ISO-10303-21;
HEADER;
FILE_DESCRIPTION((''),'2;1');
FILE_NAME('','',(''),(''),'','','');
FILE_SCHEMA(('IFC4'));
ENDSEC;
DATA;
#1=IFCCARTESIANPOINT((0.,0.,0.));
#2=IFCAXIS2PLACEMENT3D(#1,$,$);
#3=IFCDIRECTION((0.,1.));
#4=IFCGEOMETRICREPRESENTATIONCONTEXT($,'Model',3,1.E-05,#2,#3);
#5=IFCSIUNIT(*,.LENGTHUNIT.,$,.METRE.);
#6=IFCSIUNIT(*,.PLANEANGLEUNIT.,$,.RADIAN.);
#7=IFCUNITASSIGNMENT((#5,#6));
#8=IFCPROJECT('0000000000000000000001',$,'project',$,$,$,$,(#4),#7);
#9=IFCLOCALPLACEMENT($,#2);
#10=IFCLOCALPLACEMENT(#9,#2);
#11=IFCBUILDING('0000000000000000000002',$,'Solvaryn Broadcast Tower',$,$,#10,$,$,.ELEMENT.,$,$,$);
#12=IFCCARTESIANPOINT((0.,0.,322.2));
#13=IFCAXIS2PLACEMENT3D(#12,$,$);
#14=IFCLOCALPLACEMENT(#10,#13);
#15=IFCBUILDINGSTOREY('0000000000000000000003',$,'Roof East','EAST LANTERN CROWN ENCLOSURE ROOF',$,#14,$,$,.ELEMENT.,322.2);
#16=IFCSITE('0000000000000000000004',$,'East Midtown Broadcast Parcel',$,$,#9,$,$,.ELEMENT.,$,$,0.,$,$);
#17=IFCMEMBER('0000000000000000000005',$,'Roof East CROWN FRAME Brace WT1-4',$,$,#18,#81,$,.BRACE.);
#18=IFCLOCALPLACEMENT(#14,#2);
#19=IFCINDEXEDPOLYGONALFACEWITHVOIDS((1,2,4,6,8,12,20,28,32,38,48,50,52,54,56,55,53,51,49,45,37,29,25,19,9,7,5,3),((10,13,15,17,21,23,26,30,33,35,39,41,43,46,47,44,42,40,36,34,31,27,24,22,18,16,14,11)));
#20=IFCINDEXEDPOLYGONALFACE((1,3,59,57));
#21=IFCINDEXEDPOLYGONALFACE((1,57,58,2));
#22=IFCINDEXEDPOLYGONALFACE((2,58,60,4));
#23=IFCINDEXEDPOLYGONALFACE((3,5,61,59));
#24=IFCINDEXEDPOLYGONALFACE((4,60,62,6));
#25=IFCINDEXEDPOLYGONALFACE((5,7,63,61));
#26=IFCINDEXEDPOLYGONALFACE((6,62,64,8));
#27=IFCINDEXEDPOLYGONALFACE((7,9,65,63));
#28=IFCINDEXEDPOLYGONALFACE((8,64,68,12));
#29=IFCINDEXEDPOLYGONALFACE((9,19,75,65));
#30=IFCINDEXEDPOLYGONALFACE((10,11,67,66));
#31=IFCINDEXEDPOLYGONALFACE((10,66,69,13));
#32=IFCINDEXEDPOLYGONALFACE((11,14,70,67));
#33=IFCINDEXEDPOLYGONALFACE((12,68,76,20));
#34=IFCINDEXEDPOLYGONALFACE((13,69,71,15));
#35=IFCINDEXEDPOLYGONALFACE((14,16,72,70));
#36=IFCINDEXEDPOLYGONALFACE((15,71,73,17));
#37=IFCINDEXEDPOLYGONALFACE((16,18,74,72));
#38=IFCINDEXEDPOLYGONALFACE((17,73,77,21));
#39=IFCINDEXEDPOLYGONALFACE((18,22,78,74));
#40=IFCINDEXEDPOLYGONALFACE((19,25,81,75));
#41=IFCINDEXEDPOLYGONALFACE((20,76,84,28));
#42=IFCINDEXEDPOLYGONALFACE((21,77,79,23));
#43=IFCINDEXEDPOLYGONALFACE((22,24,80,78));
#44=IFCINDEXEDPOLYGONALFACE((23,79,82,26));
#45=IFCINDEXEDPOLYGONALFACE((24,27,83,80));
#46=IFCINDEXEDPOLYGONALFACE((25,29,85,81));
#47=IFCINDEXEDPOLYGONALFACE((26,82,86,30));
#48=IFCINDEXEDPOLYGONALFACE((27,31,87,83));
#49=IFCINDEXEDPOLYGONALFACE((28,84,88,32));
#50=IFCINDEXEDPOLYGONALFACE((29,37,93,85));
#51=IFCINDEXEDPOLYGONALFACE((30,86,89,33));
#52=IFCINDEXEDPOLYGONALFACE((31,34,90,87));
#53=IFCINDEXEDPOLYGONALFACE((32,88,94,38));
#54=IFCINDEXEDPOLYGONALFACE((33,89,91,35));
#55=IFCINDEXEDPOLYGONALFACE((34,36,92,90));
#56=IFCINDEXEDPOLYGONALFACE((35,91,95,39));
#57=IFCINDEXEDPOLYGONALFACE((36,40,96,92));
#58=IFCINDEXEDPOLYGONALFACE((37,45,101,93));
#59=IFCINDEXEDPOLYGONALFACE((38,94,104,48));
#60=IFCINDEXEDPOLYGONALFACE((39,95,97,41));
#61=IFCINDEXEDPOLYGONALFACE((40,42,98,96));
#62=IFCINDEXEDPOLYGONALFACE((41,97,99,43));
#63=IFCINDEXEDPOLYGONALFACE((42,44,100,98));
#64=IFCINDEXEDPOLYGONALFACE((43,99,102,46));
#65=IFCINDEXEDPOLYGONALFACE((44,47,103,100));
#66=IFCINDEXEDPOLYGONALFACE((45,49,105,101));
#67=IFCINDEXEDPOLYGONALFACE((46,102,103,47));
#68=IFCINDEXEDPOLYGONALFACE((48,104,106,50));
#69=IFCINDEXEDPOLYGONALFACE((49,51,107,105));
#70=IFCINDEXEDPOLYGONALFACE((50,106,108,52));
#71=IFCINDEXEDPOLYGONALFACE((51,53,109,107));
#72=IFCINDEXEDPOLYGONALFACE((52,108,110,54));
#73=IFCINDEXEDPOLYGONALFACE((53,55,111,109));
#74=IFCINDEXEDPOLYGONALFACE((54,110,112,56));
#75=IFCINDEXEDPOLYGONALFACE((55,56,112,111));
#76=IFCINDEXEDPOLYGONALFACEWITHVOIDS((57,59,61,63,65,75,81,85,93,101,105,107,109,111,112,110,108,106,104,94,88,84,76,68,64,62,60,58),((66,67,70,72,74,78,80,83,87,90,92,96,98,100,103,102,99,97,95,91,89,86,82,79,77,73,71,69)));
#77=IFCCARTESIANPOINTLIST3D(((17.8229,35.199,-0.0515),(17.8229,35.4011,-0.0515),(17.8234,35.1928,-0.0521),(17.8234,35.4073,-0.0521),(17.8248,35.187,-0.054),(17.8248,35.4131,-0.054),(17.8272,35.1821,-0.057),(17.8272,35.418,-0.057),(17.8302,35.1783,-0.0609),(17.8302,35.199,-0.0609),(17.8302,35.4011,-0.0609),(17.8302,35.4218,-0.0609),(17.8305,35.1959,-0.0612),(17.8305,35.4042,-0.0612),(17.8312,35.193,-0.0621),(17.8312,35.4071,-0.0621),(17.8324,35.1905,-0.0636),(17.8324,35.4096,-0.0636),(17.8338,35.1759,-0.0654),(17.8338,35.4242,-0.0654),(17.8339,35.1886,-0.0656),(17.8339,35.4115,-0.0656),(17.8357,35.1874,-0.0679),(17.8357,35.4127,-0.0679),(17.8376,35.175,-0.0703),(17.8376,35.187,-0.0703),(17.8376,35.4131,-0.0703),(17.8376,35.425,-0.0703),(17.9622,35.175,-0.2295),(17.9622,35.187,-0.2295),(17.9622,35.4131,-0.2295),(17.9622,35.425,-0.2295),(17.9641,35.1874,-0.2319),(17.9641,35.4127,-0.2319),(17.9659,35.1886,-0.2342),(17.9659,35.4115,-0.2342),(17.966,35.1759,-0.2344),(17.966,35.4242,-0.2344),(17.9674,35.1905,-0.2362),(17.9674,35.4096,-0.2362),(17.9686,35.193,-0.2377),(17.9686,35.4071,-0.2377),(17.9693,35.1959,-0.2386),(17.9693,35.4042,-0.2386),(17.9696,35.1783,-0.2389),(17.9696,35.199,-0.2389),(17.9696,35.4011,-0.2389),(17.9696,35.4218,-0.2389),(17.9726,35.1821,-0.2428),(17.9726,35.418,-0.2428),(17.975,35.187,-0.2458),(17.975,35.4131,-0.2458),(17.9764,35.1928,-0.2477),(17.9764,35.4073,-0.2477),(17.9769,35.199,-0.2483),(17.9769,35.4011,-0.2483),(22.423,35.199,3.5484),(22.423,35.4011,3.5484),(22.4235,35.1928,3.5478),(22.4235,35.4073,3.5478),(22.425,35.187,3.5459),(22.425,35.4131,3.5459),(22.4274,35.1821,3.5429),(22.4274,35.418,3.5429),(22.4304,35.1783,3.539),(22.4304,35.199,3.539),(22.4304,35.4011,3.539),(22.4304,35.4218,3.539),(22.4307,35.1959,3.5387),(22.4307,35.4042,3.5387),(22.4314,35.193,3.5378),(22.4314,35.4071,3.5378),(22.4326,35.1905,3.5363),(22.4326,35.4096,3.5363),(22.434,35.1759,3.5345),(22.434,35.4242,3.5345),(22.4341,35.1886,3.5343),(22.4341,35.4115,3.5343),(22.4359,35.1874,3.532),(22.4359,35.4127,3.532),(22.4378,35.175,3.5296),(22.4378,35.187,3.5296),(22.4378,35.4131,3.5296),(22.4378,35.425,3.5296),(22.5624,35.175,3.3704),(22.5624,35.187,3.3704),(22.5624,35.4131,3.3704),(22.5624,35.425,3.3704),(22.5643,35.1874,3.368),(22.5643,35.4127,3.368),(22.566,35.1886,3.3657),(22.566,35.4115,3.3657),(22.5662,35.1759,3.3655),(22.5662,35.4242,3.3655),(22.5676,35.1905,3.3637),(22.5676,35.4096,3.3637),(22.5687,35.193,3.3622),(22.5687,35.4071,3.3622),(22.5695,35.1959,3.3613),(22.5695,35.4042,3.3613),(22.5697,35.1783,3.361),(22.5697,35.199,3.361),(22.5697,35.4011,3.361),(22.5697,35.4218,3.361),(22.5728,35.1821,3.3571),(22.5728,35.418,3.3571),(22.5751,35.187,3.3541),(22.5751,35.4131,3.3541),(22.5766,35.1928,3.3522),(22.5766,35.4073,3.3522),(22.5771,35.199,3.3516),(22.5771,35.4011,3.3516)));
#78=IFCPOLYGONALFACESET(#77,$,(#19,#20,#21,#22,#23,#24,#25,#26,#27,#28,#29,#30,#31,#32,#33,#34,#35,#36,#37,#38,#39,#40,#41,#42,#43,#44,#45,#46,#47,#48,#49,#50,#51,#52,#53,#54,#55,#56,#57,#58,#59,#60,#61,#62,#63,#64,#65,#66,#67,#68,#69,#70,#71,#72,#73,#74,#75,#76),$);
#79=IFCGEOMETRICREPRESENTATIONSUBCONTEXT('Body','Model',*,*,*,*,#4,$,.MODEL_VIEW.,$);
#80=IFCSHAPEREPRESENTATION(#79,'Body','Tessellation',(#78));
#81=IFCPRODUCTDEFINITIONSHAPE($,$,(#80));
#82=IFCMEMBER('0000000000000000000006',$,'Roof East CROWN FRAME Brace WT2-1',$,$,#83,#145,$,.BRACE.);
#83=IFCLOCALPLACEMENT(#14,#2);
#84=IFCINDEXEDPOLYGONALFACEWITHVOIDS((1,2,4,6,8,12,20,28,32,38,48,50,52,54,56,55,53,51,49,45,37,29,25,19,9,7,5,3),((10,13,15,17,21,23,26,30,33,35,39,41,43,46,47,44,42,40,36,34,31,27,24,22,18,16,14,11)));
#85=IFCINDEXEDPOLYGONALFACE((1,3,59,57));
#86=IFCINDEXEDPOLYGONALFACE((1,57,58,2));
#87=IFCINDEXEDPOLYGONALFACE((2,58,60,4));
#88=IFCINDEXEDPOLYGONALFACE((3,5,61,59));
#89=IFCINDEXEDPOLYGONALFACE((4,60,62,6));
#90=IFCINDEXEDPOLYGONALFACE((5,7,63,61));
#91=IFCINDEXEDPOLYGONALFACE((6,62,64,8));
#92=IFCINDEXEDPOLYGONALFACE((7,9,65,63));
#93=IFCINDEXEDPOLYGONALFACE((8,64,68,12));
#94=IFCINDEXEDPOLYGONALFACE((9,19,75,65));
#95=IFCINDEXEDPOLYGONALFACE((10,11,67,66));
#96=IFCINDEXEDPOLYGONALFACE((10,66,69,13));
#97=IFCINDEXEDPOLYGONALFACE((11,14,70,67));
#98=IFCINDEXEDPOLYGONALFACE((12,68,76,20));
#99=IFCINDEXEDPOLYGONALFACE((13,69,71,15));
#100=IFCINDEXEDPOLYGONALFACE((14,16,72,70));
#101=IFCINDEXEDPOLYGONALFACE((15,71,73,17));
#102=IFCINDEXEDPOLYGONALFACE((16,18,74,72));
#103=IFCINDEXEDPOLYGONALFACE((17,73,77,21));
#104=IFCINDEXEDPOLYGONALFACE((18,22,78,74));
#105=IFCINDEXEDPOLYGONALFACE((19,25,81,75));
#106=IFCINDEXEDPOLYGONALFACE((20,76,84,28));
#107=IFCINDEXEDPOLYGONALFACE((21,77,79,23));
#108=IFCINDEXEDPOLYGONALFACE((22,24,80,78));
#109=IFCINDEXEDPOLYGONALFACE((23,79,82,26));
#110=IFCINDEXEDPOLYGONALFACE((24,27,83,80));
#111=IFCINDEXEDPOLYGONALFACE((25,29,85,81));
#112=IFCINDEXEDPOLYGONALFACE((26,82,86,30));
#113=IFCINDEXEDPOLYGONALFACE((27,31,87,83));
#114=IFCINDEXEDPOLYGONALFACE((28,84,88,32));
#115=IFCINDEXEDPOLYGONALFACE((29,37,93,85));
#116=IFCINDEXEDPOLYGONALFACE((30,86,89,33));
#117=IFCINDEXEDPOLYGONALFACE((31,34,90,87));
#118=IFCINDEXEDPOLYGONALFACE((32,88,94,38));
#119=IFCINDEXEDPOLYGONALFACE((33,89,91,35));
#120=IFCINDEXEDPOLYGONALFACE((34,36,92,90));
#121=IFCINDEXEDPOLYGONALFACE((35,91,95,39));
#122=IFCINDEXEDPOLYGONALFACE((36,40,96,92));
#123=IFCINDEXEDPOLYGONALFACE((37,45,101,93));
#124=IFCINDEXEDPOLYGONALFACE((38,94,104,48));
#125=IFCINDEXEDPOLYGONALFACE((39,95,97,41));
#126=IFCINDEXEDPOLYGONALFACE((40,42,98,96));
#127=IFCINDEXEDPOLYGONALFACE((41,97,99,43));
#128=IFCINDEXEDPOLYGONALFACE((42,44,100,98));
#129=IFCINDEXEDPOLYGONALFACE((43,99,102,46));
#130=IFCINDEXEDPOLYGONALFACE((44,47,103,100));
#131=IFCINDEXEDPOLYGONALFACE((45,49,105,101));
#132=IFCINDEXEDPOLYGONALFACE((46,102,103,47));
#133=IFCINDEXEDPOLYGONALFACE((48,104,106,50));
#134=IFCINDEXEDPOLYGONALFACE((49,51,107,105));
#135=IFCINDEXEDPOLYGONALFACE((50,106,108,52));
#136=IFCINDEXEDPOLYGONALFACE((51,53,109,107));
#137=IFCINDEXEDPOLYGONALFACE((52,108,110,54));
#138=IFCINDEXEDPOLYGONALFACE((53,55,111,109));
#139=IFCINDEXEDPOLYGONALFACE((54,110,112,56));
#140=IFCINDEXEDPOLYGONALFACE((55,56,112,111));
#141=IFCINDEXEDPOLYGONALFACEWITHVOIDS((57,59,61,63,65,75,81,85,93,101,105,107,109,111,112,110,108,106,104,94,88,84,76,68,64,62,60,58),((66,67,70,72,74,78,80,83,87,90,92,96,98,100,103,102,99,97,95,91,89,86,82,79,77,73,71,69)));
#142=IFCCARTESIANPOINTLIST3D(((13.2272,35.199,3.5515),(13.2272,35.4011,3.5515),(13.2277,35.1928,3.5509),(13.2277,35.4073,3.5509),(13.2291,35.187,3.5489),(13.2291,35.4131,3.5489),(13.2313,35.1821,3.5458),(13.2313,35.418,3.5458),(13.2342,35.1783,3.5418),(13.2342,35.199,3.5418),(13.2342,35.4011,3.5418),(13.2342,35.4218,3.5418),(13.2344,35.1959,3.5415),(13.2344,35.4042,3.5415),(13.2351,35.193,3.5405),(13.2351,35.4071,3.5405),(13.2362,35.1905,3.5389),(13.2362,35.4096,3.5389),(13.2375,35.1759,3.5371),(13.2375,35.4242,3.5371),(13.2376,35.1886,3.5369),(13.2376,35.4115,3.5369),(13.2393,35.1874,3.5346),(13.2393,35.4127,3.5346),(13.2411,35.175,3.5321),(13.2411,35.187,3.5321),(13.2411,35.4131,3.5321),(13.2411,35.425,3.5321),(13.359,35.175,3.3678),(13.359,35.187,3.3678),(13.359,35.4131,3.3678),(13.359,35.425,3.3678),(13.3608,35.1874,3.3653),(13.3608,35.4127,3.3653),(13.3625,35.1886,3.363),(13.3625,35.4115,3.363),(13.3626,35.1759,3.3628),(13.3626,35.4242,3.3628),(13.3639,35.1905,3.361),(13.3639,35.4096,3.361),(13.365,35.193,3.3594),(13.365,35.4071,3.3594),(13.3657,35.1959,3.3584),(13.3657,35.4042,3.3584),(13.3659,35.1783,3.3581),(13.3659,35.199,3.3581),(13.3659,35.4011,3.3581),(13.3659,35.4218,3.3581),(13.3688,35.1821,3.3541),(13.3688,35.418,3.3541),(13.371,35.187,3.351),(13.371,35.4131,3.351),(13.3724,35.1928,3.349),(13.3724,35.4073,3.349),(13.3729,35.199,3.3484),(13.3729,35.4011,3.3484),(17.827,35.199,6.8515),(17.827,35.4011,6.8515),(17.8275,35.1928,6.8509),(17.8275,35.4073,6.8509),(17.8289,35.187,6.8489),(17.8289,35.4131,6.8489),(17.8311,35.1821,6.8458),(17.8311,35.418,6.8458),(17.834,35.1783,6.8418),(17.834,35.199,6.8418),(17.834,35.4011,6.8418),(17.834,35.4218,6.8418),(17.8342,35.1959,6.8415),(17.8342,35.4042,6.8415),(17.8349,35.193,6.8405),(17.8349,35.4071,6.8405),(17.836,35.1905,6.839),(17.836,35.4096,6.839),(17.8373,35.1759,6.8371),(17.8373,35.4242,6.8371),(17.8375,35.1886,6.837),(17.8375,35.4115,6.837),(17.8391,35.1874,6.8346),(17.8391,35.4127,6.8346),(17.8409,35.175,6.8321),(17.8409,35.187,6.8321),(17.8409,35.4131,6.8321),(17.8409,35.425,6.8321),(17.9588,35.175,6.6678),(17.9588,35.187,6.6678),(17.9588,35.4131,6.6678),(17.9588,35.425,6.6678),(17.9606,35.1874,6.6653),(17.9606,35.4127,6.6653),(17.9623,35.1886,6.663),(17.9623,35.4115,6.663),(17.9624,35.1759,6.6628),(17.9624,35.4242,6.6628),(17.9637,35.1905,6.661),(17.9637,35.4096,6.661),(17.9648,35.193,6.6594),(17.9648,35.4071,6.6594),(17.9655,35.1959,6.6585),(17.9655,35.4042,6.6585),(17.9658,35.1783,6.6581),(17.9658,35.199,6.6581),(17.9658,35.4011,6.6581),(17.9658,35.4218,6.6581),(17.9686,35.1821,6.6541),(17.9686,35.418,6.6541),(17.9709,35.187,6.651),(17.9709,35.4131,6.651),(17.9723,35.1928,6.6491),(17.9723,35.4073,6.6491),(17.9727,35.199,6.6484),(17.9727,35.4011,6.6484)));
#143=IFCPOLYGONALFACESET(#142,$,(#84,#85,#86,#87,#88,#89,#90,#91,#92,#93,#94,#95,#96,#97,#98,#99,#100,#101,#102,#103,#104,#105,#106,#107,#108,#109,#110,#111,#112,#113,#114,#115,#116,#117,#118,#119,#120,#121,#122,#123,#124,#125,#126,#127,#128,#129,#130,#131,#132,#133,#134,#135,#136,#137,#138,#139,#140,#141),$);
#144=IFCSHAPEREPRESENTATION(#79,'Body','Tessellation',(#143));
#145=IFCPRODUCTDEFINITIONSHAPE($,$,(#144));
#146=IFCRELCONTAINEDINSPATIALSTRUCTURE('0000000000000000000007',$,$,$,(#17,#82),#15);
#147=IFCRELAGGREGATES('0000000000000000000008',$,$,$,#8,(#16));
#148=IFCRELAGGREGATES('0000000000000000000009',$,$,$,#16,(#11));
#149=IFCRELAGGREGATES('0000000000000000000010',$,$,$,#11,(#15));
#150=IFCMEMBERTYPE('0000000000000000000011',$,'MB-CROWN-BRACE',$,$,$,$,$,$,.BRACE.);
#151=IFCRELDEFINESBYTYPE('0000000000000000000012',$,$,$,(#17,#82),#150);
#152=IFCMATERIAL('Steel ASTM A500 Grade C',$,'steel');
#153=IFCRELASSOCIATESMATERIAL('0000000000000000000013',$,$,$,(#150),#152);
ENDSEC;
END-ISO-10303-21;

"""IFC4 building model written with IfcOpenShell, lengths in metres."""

from ifc_helpers import new_model, si_unit, direction, frame, origin, origin_2d, place, context, subcontext, project, spatial, hollow_rectangle, extrude, material, material_profile, profile_set, type_object, element, save


model = new_model("IFC4")

# Units and contexts
model_context = context("Model", 3, precision=1e-05, world=origin(), true_north=direction((0.0, 1.0)))
body_context = subcontext(model_context, "Body", "Model", "MODEL_VIEW")
ifc_project = project(units=[si_unit("LENGTHUNIT", "METRE"), si_unit("PLANEANGLEUNIT", "RADIAN")], contexts=[model_context])

# Site, building, storey
site_placement = place(None, origin())
site = spatial("IfcSite", under=ifc_project, at=site_placement, Name="East Midtown Broadcast Parcel", CompositionType="ELEMENT", RefElevation=0.0)
building_placement = place(site_placement, origin())
building = spatial("IfcBuilding", under=site, at=building_placement, Name="Solvaryn Broadcast Tower", CompositionType="ELEMENT")
storey_placement = place(building_placement, frame((0.0, 0.0, 322.2)))
storey = spatial("IfcBuildingStorey", under=building, at=storey_placement, Name="Roof East", Description="EAST LANTERN CROWN ENCLOSURE ROOF", CompositionType="ELEMENT", Elevation=322.2)

# Members
ifc_material_1 = material(Name="Steel ASTM A500 Grade C", Category="steel")
ifc_material_profile_1 = material_profile(ifc_material_1, hollow_rectangle(XDim=0.25, YDim=0.25, WallThickness=0.012, InnerFilletRadius=0.012, OuterFilletRadius=0.0239, at=origin_2d()))
ifc_profile_set_1 = profile_set([ifc_material_profile_1], Name="Steel ASTM A500 Grade C")
member_type_1 = type_object("IfcMemberType", Name="MB-CROWN-BRACE", PredefinedType="BRACE", material=ifc_profile_set_1)
member_1_placement = place(storey_placement, frame((17.8999, 35.3, -0.1499), z_axis=(0.787524, 0.0, 0.616285), x_axis=(0.0, 1.0, 0.0)))
element("IfcMember", 1, at=member_1_placement, inside=storey, type_object=member_type_1, Name="Roof East CROWN FRAME Brace WT1-4", PredefinedType="BRACE", context=body_context, shape_type="SweptSolid", body=[
    extrude(hollow_rectangle(XDim=0.25, YDim=0.25, WallThickness=0.012, InnerFilletRadius=0.012, OuterFilletRadius=0.0239, at=origin_2d()), origin(), (0.0, 0.0, 1.0), 5.8413),
])
for number, where, z_axis, x_axis, name in (
    (2, (13.3, 35.3, 3.45), (0.812525, 0.0, 0.582926), (0.0, 1.0, 0.0), "Roof East CROWN FRAME Brace WT2-1"),
):
    element("IfcMember", number, at=place(storey_placement, frame(where, z_axis=z_axis, x_axis=x_axis)), inside=storey, type_object=member_type_1, Name=name, PredefinedType="BRACE", context=body_context, shape_type="SweptSolid", body=[
        extrude(hollow_rectangle(XDim=0.25, YDim=0.25, WallThickness=0.012, InnerFilletRadius=0.012, OuterFilletRadius=0.0239, at=origin_2d()), origin(), (0.0, 0.0, 1.0), 5.6611),
    ])

save(model, "model.ifc")
